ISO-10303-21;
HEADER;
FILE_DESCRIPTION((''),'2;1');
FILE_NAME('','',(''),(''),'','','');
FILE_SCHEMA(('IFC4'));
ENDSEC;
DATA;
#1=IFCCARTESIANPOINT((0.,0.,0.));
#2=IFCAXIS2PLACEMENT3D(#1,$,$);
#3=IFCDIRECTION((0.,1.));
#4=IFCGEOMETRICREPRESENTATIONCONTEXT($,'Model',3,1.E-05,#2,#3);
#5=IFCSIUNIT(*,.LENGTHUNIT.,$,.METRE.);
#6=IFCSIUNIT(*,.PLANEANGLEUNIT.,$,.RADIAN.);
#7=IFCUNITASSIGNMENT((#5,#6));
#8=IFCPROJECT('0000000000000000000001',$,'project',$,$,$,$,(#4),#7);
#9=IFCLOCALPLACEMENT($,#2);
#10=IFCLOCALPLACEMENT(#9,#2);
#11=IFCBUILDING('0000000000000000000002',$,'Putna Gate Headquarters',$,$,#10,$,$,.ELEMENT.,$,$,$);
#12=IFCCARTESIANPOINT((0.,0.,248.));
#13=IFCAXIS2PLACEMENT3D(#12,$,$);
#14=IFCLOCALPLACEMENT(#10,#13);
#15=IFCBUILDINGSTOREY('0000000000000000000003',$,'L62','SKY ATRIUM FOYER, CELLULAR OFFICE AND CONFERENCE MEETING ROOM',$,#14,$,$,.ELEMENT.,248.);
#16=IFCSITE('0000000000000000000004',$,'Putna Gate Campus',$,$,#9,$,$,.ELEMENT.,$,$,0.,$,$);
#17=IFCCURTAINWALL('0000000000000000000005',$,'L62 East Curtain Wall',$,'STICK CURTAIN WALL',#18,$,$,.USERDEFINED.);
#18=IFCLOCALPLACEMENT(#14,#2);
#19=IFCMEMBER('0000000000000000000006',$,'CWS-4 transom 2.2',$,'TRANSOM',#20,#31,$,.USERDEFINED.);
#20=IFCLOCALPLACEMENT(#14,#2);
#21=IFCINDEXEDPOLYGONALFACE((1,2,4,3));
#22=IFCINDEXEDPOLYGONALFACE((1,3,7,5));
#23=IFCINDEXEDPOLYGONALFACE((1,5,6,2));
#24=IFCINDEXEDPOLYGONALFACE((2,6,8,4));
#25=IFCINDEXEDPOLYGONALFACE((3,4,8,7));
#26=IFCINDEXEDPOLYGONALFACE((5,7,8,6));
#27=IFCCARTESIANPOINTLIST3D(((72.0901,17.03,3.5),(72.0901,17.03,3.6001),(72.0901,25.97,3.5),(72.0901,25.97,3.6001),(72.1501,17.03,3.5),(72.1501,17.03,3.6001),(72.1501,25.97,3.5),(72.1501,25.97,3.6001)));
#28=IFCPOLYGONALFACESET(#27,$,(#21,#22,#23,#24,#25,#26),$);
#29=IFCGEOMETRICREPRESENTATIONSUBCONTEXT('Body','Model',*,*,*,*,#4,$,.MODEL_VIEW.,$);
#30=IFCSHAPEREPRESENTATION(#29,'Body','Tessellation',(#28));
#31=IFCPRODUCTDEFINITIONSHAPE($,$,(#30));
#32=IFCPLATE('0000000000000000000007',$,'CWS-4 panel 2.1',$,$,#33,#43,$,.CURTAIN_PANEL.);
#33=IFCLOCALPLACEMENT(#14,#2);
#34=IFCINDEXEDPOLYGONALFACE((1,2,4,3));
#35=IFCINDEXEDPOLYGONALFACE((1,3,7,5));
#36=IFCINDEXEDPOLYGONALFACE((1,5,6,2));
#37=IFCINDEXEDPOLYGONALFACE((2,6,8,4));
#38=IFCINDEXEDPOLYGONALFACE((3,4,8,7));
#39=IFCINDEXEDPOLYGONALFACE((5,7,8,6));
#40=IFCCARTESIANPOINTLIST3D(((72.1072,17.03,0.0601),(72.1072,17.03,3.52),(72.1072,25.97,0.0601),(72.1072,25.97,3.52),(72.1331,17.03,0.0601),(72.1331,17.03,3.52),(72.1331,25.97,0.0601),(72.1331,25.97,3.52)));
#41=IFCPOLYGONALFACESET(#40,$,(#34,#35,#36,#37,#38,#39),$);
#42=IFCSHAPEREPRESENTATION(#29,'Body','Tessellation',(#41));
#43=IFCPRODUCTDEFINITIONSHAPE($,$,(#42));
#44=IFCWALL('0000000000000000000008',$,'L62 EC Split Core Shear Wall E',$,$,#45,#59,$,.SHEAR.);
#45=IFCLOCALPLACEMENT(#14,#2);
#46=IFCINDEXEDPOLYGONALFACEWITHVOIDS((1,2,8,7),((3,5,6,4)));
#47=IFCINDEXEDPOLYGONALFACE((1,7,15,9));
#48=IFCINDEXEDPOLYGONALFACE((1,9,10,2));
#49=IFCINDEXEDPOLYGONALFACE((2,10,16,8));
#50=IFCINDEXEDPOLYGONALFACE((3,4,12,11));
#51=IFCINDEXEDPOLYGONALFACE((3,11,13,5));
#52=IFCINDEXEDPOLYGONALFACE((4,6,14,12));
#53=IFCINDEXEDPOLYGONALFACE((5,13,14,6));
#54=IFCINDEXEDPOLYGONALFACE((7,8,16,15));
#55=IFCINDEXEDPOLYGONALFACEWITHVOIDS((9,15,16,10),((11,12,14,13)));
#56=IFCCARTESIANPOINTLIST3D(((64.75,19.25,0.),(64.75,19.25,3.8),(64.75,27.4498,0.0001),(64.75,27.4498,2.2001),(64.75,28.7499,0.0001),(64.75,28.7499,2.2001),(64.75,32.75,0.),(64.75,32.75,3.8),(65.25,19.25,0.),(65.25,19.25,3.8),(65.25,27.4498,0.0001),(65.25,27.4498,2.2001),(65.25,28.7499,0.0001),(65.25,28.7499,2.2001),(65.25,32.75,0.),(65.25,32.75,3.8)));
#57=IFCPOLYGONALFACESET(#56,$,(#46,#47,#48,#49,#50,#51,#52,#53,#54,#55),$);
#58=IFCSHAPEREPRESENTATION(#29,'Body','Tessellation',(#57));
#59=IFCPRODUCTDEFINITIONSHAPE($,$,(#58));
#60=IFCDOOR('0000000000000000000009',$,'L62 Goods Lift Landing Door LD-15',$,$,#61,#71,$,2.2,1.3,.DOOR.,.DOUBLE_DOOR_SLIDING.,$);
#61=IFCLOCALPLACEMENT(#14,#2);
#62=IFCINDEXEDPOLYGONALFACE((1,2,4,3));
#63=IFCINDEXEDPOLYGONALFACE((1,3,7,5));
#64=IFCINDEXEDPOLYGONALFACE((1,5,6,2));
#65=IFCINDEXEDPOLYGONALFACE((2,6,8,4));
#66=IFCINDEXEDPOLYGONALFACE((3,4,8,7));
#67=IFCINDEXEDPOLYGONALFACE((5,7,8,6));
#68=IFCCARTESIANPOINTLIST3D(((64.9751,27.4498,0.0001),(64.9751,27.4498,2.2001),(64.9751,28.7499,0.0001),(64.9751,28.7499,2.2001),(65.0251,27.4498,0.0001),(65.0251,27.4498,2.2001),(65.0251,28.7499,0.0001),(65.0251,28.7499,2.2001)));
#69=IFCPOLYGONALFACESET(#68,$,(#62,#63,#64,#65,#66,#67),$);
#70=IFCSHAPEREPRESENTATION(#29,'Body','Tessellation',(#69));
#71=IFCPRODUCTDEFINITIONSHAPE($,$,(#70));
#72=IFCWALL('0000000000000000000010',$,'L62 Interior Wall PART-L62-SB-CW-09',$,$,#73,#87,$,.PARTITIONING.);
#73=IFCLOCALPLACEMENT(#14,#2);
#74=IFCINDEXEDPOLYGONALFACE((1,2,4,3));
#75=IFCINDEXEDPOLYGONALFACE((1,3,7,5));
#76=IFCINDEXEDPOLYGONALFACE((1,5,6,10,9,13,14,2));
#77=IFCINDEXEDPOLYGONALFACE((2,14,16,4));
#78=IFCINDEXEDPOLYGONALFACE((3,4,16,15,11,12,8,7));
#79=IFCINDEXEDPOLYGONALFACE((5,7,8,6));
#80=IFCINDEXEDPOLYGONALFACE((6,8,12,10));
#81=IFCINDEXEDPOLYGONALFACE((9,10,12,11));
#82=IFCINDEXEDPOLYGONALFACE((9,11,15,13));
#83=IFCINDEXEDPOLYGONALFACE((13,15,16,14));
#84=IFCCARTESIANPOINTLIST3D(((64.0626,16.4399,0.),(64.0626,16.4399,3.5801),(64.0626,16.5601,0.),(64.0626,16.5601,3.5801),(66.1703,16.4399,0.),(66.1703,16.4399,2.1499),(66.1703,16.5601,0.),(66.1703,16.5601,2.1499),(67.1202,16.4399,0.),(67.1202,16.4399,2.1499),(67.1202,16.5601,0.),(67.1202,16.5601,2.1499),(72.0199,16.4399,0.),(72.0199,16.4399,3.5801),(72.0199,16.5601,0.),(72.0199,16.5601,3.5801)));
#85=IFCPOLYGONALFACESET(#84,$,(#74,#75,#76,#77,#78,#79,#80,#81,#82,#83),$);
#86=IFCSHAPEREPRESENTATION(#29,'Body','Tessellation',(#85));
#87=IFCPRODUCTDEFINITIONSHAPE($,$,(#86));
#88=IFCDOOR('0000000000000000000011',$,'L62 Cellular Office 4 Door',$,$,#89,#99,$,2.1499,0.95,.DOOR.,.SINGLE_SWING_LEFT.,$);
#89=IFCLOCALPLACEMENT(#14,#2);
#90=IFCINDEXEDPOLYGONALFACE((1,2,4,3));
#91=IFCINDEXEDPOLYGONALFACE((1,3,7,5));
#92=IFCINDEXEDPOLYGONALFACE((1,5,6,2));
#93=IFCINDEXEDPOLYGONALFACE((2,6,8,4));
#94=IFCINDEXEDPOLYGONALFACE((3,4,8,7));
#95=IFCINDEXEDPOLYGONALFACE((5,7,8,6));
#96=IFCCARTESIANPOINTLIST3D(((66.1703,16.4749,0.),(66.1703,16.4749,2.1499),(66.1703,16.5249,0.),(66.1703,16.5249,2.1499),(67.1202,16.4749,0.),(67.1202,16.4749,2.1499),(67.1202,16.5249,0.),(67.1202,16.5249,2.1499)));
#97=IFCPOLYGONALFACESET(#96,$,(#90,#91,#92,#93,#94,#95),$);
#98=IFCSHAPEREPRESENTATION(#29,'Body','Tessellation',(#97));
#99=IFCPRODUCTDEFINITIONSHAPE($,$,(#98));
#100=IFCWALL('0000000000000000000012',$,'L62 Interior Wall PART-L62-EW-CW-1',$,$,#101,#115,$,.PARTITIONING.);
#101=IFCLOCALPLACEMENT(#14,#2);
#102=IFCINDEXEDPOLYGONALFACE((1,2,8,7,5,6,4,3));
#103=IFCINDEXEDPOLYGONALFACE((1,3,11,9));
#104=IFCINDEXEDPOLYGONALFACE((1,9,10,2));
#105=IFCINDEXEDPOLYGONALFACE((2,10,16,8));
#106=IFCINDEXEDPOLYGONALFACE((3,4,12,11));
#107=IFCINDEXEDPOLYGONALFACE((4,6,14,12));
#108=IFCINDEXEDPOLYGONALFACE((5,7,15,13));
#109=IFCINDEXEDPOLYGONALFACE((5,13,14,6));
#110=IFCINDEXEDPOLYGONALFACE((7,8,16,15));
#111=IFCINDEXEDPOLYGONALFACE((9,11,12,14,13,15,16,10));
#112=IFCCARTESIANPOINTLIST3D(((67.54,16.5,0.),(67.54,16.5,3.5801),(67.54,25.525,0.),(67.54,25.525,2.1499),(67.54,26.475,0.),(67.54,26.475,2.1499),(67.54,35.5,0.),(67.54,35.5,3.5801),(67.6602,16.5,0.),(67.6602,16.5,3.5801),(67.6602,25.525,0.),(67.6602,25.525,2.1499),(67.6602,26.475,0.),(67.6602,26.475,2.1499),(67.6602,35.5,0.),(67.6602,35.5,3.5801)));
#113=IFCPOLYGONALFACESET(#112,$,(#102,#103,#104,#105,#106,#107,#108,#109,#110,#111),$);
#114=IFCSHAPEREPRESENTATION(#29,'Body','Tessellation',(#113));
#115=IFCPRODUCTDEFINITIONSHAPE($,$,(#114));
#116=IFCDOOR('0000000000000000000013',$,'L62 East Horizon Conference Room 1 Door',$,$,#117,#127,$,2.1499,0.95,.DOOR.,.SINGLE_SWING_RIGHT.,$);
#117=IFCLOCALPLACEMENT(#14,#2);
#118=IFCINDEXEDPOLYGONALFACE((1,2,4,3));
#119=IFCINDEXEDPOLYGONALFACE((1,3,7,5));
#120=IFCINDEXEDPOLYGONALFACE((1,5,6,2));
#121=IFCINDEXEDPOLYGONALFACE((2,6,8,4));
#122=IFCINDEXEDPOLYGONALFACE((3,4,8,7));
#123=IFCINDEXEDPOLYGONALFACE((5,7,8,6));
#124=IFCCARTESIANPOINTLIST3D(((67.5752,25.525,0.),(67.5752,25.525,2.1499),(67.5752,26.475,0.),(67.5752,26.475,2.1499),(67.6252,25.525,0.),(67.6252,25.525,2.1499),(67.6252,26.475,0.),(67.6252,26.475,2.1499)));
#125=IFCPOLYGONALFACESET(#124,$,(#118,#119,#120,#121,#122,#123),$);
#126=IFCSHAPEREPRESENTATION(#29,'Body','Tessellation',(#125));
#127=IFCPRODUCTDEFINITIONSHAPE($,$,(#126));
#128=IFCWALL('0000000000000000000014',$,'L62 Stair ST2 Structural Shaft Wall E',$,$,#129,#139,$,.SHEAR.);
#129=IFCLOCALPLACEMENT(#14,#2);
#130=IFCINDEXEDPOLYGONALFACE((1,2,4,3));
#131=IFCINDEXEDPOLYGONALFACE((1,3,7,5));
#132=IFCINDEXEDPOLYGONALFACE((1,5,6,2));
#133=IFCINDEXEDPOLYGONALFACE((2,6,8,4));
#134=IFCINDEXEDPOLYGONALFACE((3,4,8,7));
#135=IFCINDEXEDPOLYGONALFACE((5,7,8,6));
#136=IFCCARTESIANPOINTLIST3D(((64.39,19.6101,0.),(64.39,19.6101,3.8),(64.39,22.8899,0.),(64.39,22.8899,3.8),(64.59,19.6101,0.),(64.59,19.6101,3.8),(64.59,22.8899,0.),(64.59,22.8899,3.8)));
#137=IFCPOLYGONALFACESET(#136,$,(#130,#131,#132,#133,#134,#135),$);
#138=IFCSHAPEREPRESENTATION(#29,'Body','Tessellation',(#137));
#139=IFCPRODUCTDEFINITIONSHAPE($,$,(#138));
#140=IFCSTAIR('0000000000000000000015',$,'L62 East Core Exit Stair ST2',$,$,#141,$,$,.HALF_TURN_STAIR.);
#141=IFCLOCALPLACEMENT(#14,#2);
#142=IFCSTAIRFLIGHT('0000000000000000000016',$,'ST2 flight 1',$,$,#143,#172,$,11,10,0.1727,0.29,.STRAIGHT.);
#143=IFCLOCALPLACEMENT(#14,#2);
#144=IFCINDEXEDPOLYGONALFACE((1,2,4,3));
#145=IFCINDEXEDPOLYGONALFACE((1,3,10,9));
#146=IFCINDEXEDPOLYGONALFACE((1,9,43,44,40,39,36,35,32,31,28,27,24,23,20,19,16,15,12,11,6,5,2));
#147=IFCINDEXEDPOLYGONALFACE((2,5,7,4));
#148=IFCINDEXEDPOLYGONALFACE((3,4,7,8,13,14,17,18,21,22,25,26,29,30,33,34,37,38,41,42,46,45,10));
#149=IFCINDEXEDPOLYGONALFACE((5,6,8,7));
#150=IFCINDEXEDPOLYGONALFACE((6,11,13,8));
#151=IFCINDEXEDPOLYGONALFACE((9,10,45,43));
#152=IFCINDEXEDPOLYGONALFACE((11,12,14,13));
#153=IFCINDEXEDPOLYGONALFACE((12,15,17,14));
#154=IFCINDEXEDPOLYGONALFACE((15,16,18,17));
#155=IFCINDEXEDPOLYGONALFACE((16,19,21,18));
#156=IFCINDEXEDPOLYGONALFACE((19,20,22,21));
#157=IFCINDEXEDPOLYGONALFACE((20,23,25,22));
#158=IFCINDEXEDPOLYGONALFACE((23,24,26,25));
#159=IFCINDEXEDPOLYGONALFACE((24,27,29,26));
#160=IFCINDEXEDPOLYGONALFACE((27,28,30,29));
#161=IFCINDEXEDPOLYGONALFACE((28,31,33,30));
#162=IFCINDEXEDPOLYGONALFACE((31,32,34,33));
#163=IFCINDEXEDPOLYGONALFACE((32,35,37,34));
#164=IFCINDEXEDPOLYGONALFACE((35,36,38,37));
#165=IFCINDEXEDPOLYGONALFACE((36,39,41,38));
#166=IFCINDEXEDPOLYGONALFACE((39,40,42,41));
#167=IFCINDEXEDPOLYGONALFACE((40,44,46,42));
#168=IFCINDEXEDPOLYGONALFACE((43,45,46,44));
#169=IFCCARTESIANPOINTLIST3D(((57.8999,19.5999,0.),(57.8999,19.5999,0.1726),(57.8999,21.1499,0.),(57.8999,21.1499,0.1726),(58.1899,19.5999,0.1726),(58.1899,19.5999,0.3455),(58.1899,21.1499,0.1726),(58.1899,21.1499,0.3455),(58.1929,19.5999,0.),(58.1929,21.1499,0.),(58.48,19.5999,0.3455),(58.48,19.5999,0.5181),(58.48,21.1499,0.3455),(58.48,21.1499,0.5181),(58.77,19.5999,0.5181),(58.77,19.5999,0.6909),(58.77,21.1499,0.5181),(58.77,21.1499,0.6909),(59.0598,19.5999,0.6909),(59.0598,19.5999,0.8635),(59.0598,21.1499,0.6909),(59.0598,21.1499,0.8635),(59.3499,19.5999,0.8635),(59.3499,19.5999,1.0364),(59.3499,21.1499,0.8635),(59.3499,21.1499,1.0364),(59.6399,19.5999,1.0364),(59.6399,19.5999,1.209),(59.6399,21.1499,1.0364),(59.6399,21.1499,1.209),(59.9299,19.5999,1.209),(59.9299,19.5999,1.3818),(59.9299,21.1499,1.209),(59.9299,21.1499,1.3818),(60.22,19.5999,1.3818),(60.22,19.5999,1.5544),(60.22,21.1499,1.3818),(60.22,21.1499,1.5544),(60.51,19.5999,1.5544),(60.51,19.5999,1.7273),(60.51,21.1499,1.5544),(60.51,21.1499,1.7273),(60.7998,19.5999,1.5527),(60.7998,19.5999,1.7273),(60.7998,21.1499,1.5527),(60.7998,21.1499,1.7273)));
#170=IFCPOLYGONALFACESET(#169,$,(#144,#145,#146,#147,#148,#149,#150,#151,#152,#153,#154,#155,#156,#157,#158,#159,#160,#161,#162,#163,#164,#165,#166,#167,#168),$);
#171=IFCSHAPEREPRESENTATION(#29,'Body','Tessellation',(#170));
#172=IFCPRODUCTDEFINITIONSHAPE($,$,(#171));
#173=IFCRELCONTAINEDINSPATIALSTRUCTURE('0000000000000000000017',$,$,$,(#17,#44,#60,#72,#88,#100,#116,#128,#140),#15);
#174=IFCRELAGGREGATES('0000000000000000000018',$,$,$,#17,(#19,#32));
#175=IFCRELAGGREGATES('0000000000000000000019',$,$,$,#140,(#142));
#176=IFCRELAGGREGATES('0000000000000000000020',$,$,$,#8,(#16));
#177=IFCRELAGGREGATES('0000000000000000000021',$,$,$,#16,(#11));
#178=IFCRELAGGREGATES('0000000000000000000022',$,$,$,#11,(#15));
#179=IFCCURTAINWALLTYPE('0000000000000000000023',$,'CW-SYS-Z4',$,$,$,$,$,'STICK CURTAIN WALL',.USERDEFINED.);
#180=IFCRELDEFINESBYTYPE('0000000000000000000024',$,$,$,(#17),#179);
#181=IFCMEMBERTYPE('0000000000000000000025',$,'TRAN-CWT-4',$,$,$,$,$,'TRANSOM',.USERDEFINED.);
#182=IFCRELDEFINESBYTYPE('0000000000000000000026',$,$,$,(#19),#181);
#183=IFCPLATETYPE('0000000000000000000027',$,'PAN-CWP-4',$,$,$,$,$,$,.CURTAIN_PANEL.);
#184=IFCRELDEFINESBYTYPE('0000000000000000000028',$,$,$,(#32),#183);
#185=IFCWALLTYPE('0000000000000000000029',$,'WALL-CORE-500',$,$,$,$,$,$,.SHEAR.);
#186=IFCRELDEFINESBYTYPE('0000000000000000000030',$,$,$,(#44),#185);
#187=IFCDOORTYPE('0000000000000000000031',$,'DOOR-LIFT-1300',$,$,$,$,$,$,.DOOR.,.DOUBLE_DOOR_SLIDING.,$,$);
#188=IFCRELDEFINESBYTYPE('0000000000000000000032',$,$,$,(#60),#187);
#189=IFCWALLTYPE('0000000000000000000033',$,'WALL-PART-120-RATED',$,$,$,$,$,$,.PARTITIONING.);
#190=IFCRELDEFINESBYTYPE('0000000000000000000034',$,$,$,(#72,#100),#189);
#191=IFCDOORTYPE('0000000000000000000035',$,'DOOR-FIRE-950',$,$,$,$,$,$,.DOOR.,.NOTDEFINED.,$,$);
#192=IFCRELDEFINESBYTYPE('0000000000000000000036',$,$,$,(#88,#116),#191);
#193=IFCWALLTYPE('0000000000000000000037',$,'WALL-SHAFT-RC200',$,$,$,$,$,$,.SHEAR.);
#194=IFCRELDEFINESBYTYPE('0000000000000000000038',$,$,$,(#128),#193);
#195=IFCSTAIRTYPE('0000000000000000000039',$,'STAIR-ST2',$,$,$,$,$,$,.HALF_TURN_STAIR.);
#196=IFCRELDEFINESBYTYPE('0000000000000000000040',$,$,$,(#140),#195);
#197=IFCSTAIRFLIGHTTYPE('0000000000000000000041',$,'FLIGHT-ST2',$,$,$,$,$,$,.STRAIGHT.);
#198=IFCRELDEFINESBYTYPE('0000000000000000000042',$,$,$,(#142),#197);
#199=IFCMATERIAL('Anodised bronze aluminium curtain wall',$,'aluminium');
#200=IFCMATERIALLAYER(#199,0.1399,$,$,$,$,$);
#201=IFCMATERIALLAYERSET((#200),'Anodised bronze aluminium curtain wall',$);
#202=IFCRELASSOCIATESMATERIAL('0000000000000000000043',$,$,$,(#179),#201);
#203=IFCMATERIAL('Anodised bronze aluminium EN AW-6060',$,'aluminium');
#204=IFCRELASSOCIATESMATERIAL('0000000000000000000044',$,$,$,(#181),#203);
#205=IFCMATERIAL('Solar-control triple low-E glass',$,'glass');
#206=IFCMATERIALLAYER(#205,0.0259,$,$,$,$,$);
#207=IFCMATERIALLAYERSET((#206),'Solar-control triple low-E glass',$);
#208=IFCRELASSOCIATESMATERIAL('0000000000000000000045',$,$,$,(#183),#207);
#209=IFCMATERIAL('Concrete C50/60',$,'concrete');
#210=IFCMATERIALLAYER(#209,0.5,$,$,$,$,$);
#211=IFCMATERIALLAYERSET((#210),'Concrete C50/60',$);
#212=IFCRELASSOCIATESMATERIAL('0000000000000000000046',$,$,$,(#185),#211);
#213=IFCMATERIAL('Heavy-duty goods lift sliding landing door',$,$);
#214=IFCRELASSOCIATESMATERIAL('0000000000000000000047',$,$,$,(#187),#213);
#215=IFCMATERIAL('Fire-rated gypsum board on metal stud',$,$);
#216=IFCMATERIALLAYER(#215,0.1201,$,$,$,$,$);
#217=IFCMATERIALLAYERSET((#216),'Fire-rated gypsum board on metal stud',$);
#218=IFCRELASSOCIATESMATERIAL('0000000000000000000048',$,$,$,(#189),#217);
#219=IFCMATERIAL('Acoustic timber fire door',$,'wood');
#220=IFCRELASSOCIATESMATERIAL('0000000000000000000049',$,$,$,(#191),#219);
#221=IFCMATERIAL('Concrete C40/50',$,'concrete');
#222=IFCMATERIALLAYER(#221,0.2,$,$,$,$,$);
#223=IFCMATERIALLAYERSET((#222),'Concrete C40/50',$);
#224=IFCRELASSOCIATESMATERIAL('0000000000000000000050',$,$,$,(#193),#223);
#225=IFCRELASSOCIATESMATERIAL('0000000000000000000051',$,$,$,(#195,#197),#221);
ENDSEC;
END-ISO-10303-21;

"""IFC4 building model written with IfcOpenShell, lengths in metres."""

from ifc_helpers import new_model, si_unit, direction, frame, frame_2d, origin, origin_2d, place, context, subcontext, project, spatial, polyline, rectangle, outline, extrude, material, layer, layer_set, material_profile, profile_set, type_object, element, fill, aggregate, save


model = new_model("IFC4")

# Units and contexts
model_context = context("Model", 3, precision=1e-05, world=origin(), true_north=direction((0.0, 1.0)))
body_context = subcontext(model_context, "Body", "Model", "MODEL_VIEW")
ifc_project = project(units=[si_unit("LENGTHUNIT", "METRE"), si_unit("PLANEANGLEUNIT", "RADIAN")], contexts=[model_context])

# Site, building, storey
site_placement = place(None, origin())
site = spatial("IfcSite", under=ifc_project, at=site_placement, Name="Putna Gate Campus", CompositionType="ELEMENT", RefElevation=0.0)
building_placement = place(site_placement, origin())
building = spatial("IfcBuilding", under=site, at=building_placement, Name="Putna Gate Headquarters", CompositionType="ELEMENT")
storey_placement = place(building_placement, frame((0.0, 0.0, 248.0)))
storey = spatial("IfcBuildingStorey", under=building, at=storey_placement, Name="L62", Description="SKY ATRIUM FOYER, CELLULAR OFFICE AND CONFERENCE MEETING ROOM", CompositionType="ELEMENT", Elevation=248.0)

# Curtain wall, member, plate
ifc_material_1 = material(Name="Anodised bronze aluminium curtain wall", Category="aluminium")
ifc_layer_1 = layer(ifc_material_1, 0.1399)
ifc_layer_set_1 = layer_set([ifc_layer_1], Name="Anodised bronze aluminium curtain wall")
curtain_wall_type = type_object("IfcCurtainWallType", Name="CW-SYS-Z4", ElementType="STICK CURTAIN WALL", PredefinedType="USERDEFINED", material=ifc_layer_set_1)
curtain_wall_placement = place(storey_placement, origin())
curtain_wall = element("IfcCurtainWall", 1, at=curtain_wall_placement, inside=storey, type_object=curtain_wall_type, Name="L62 East Curtain Wall", ObjectType="STICK CURTAIN WALL", PredefinedType="USERDEFINED")
ifc_material_2 = material(Name="Anodised bronze aluminium EN AW-6060", Category="aluminium")
ifc_material_profile_1 = material_profile(ifc_material_2, rectangle(XDim=0.0601, YDim=0.1001, at=origin_2d()), Name="Anodised bronze aluminium EN AW-6060")
ifc_profile_set_1 = profile_set([ifc_material_profile_1], Name="Anodised bronze aluminium EN AW-6060")
member_type_1 = type_object("IfcMemberType", Name="TRAN-CWT-4", ElementType="TRANSOM", PredefinedType="USERDEFINED", material=ifc_profile_set_1)
member_1_placement = place(storey_placement, frame((72.1201, 17.03, 3.55), z_axis=(0.0, 1.0, 0.0), x_axis=(-1.0, 0.0, 0.0)))
member_1 = element("IfcMember", 2, at=member_1_placement, type_object=member_type_1, Name="CWS-4 transom 2.2", ObjectType="TRANSOM", PredefinedType="USERDEFINED", context=body_context, shape_type="SweptSolid", body=[
    extrude(rectangle(XDim=0.0601, YDim=0.1001, at=origin_2d()), origin(), (0.0, 0.0, 1.0), 8.9399),
])
ifc_material_3 = material(Name="Solar-control triple low-E glass", Category="glass")
ifc_layer_2 = layer(ifc_material_3, 0.0259)
ifc_layer_set_2 = layer_set([ifc_layer_2], Name="Solar-control triple low-E glass")
plate_type = type_object("IfcPlateType", Name="PAN-CWP-4", PredefinedType="CURTAIN_PANEL", material=ifc_layer_set_2)
plate_placement = place(storey_placement, frame((72.1201, 21.5, 0.0601), z_axis=(0.0, 0.0, 1.0), x_axis=(0.0, 1.0, 0.0)))
plate = element("IfcPlate", 3, at=plate_placement, type_object=plate_type, Name="CWS-4 panel 2.1", PredefinedType="CURTAIN_PANEL", context=body_context, shape_type="SweptSolid", body=[
    extrude(rectangle(XDim=8.9399, YDim=0.0259, at=origin_2d()), origin(), (0.0, 0.0, 1.0), 3.46),
])
aggregate(curtain_wall, [member_1, plate])

# Walls, openings, doors
ifc_material_4 = material(Name="Concrete C50/60", Category="concrete")
ifc_layer_3 = layer(ifc_material_4, 0.5)
ifc_layer_set_3 = layer_set([ifc_layer_3], Name="Concrete C50/60")
wall_type_1 = type_object("IfcWallType", Name="WALL-CORE-500", PredefinedType="SHEAR", material=ifc_layer_set_3)
wall_1_placement = place(storey_placement, frame((65.0, 19.25, 0.0), z_axis=(0.0, 0.0, 1.0), x_axis=(0.0, 1.0, 0.0)))
wall_1 = element("IfcWall", 4, at=wall_1_placement, inside=storey, type_object=wall_type_1, Name="L62 EC Split Core Shear Wall E", PredefinedType="SHEAR", context=body_context, shape_type="SweptSolid", body=[
    extrude(rectangle(XDim=13.5, YDim=0.5, at=frame_2d((6.75, 0.0))), origin(), (0.0, 0.0, 1.0), 3.8),
])
opening_1_placement = place(wall_1_placement, frame((8.2, 0.0, 0.0)))
opening_1 = element("IfcOpeningElement", 5, at=opening_1_placement, cuts=wall_1, PredefinedType="OPENING", context=body_context, shape_type="SweptSolid", body=[
    extrude(rectangle(XDim=1.3, YDim=2.2, at=frame_2d((0.6499, 1.1001))), frame((0.0, 0.26, 0.0), z_axis=(0.0, -1.0, 0.0), x_axis=(1.0, 0.0, 0.0)), (0.0, 0.0, 1.0), 0.52),
])
ifc_material_5 = material(Name="Heavy-duty goods lift sliding landing door")
door_type_1 = type_object("IfcDoorType", Name="DOOR-LIFT-1300", OperationType="DOUBLE_DOOR_SLIDING", PredefinedType="DOOR", material=ifc_material_5)
door_1_placement = place(opening_1_placement, origin())
door_1 = element("IfcDoor", 6, at=door_1_placement, inside=storey, type_object=door_type_1, Name="L62 Goods Lift Landing Door LD-15", OperationType="DOUBLE_DOOR_SLIDING", OverallHeight=2.2, OverallWidth=1.3, PredefinedType="DOOR", context=body_context, shape_type="SweptSolid", body=[
    extrude(rectangle(XDim=1.3, YDim=2.2, at=frame_2d((0.6499, 1.1001))), frame((0.0, 0.0249, 0.0), z_axis=(0.0, -1.0, 0.0), x_axis=(1.0, 0.0, 0.0)), (0.0, 0.0, 1.0), 0.05),
])
fill(opening_1, door_1)
ifc_material_6 = material(Name="Fire-rated gypsum board on metal stud")
ifc_layer_4 = layer(ifc_material_6, 0.1201)
ifc_layer_set_4 = layer_set([ifc_layer_4], Name="Fire-rated gypsum board on metal stud")
wall_type_2 = type_object("IfcWallType", Name="WALL-PART-120-RATED", PredefinedType="PARTITIONING", material=ifc_layer_set_4)
wall_2_placement = place(storey_placement, frame((64.0627, 16.5, 0.0), z_axis=(0.0, 0.0, 1.0), x_axis=(1.0, 0.0, 0.0)))
wall_2 = element("IfcWall", 7, at=wall_2_placement, inside=storey, type_object=wall_type_2, Name="L62 Interior Wall PART-L62-SB-CW-09", PredefinedType="PARTITIONING", context=body_context, shape_type="SweptSolid", body=[
    extrude(rectangle(XDim=7.9573, YDim=0.1201, at=frame_2d((3.9785, 0.0))), origin(), (0.0, 0.0, 1.0), 3.5801),
])
opening_2_placement = place(wall_2_placement, frame((2.1074, 0.0, 0.0)))
opening_2 = element("IfcOpeningElement", 8, at=opening_2_placement, cuts=wall_2, PredefinedType="OPENING", context=body_context, shape_type="SweptSolid", body=[
    extrude(rectangle(XDim=0.95, YDim=2.1499, at=frame_2d((0.4751, 1.075))), frame((0.0, 0.0701, 0.0), z_axis=(0.0, -1.0, 0.0), x_axis=(1.0, 0.0, 0.0)), (0.0, 0.0, 1.0), 0.1401),
])
ifc_material_7 = material(Name="Acoustic timber fire door", Category="wood")
door_type_2 = type_object("IfcDoorType", Name="DOOR-FIRE-950", OperationType="NOTDEFINED", PredefinedType="DOOR", material=ifc_material_7)
door_2_placement = place(opening_2_placement, origin())
door_2 = element("IfcDoor", 9, at=door_2_placement, inside=storey, type_object=door_type_2, Name="L62 Cellular Office 4 Door", OperationType="SINGLE_SWING_LEFT", OverallHeight=2.1499, OverallWidth=0.95, PredefinedType="DOOR", context=body_context, shape_type="SweptSolid", body=[
    extrude(rectangle(XDim=0.95, YDim=2.1499, at=frame_2d((0.4751, 1.075))), frame((0.0, 0.0249, 0.0), z_axis=(0.0, -1.0, 0.0), x_axis=(1.0, 0.0, 0.0)), (0.0, 0.0, 1.0), 0.05),
])
fill(opening_2, door_2)
wall_3_placement = place(storey_placement, frame((67.6001, 16.5, 0.0), z_axis=(0.0, 0.0, 1.0), x_axis=(0.0, 1.0, 0.0)))
wall_3 = element("IfcWall", 10, at=wall_3_placement, inside=storey, type_object=wall_type_2, Name="L62 Interior Wall PART-L62-EW-CW-1", PredefinedType="PARTITIONING", context=body_context, shape_type="SweptSolid", body=[
    extrude(rectangle(XDim=19.0, YDim=0.1201, at=frame_2d((9.5, 0.0))), origin(), (0.0, 0.0, 1.0), 3.5801),
])
opening_3_placement = place(wall_3_placement, frame((9.0249, 0.0, 0.0)))
opening_3 = element("IfcOpeningElement", 11, at=opening_3_placement, cuts=wall_3, PredefinedType="OPENING", context=body_context, shape_type="SweptSolid", body=[
    extrude(rectangle(XDim=0.95, YDim=2.1499, at=frame_2d((0.4751, 1.075))), frame((0.0, 0.0701, 0.0), z_axis=(0.0, -1.0, 0.0), x_axis=(1.0, 0.0, 0.0)), (0.0, 0.0, 1.0), 0.1401),
])
door_3_placement = place(opening_3_placement, origin())
door_3 = element("IfcDoor", 12, at=door_3_placement, inside=storey, type_object=door_type_2, Name="L62 East Horizon Conference Room 1 Door", OperationType="SINGLE_SWING_RIGHT", OverallHeight=2.1499, OverallWidth=0.95, PredefinedType="DOOR", context=body_context, shape_type="SweptSolid", body=[
    extrude(rectangle(XDim=0.95, YDim=2.1499, at=frame_2d((0.4751, 1.075))), frame((0.0, 0.0249, 0.0), z_axis=(0.0, -1.0, 0.0), x_axis=(1.0, 0.0, 0.0)), (0.0, 0.0, 1.0), 0.05),
])
fill(opening_3, door_3)

# Wall
ifc_material_8 = material(Name="Concrete C40/50", Category="concrete")
ifc_layer_5 = layer(ifc_material_8, 0.2)
ifc_layer_set_5 = layer_set([ifc_layer_5], Name="Concrete C40/50")
wall_type_3 = type_object("IfcWallType", Name="WALL-SHAFT-RC200", PredefinedType="SHEAR", material=ifc_layer_set_5)
wall_4_placement = place(storey_placement, frame((64.49, 19.6101, 0.0), z_axis=(0.0, 0.0, 1.0), x_axis=(0.0, 1.0, 0.0)))
element("IfcWall", 13, at=wall_4_placement, inside=storey, type_object=wall_type_3, Name="L62 Stair ST2 Structural Shaft Wall E", PredefinedType="SHEAR", context=body_context, shape_type="SweptSolid", body=[
    extrude(rectangle(XDim=3.2798, YDim=0.2, at=frame_2d((1.6399, 0.0))), origin(), (0.0, 0.0, 1.0), 3.8),
])

# Stair, stair flight
stair_type = type_object("IfcStairType", Name="STAIR-ST2", PredefinedType="HALF_TURN_STAIR", material=ifc_material_8)
stair_placement = place(storey_placement, origin())
stair = element("IfcStair", 14, at=stair_placement, inside=storey, type_object=stair_type, Name="L62 East Core Exit Stair ST2", PredefinedType="HALF_TURN_STAIR")
stair_flight_type = type_object("IfcStairFlightType", Name="FLIGHT-ST2", PredefinedType="STRAIGHT", material=ifc_material_8)
stair_flight_1_placement = place(storey_placement, frame((57.8999, 20.375, 0.0), z_axis=(0.0, 0.0, 1.0), x_axis=(1.0, 0.0, 0.0)))
stair_flight_1 = element("IfcStairFlight", 15, at=stair_flight_1_placement, type_object=stair_flight_type, Name="ST2 flight 1", NumberOfRisers=11, NumberOfTreads=10, PredefinedType="STRAIGHT", RiserHeight=0.1727, TreadLength=0.29, context=body_context, shape_type="SweptSolid", body=[
    extrude(outline(polyline([(0.0, 0.0), (0.0, 0.1726), (0.29, 0.1726), (0.29, 0.3455), (0.5801, 0.3455), (0.5801, 0.5181), (0.8701, 0.5181), (0.8701, 0.6909), (1.1599, 0.6909), (1.1599, 0.8635), (1.45, 0.8635), (1.45, 1.0364), (1.74, 1.0364), (1.74, 1.209), (2.03, 1.209), (2.03, 1.3818), (2.3201, 1.3818), (2.3201, 1.5544), (2.6101, 1.5544), (2.6101, 1.7273), (2.8999, 1.7273), (2.8999, 1.8999), (2.8999, 1.5527), (0.293, 0.0), (0.0, 0.0)])), frame((0.0, 0.7749, 0.0), z_axis=(0.0, -1.0, 0.0), x_axis=(1.0, 0.0, 0.0)), (0.0, 0.0, 1.0), 1.55),
])
aggregate(stair, [stair_flight_1])

save(model, "model.ifc")
